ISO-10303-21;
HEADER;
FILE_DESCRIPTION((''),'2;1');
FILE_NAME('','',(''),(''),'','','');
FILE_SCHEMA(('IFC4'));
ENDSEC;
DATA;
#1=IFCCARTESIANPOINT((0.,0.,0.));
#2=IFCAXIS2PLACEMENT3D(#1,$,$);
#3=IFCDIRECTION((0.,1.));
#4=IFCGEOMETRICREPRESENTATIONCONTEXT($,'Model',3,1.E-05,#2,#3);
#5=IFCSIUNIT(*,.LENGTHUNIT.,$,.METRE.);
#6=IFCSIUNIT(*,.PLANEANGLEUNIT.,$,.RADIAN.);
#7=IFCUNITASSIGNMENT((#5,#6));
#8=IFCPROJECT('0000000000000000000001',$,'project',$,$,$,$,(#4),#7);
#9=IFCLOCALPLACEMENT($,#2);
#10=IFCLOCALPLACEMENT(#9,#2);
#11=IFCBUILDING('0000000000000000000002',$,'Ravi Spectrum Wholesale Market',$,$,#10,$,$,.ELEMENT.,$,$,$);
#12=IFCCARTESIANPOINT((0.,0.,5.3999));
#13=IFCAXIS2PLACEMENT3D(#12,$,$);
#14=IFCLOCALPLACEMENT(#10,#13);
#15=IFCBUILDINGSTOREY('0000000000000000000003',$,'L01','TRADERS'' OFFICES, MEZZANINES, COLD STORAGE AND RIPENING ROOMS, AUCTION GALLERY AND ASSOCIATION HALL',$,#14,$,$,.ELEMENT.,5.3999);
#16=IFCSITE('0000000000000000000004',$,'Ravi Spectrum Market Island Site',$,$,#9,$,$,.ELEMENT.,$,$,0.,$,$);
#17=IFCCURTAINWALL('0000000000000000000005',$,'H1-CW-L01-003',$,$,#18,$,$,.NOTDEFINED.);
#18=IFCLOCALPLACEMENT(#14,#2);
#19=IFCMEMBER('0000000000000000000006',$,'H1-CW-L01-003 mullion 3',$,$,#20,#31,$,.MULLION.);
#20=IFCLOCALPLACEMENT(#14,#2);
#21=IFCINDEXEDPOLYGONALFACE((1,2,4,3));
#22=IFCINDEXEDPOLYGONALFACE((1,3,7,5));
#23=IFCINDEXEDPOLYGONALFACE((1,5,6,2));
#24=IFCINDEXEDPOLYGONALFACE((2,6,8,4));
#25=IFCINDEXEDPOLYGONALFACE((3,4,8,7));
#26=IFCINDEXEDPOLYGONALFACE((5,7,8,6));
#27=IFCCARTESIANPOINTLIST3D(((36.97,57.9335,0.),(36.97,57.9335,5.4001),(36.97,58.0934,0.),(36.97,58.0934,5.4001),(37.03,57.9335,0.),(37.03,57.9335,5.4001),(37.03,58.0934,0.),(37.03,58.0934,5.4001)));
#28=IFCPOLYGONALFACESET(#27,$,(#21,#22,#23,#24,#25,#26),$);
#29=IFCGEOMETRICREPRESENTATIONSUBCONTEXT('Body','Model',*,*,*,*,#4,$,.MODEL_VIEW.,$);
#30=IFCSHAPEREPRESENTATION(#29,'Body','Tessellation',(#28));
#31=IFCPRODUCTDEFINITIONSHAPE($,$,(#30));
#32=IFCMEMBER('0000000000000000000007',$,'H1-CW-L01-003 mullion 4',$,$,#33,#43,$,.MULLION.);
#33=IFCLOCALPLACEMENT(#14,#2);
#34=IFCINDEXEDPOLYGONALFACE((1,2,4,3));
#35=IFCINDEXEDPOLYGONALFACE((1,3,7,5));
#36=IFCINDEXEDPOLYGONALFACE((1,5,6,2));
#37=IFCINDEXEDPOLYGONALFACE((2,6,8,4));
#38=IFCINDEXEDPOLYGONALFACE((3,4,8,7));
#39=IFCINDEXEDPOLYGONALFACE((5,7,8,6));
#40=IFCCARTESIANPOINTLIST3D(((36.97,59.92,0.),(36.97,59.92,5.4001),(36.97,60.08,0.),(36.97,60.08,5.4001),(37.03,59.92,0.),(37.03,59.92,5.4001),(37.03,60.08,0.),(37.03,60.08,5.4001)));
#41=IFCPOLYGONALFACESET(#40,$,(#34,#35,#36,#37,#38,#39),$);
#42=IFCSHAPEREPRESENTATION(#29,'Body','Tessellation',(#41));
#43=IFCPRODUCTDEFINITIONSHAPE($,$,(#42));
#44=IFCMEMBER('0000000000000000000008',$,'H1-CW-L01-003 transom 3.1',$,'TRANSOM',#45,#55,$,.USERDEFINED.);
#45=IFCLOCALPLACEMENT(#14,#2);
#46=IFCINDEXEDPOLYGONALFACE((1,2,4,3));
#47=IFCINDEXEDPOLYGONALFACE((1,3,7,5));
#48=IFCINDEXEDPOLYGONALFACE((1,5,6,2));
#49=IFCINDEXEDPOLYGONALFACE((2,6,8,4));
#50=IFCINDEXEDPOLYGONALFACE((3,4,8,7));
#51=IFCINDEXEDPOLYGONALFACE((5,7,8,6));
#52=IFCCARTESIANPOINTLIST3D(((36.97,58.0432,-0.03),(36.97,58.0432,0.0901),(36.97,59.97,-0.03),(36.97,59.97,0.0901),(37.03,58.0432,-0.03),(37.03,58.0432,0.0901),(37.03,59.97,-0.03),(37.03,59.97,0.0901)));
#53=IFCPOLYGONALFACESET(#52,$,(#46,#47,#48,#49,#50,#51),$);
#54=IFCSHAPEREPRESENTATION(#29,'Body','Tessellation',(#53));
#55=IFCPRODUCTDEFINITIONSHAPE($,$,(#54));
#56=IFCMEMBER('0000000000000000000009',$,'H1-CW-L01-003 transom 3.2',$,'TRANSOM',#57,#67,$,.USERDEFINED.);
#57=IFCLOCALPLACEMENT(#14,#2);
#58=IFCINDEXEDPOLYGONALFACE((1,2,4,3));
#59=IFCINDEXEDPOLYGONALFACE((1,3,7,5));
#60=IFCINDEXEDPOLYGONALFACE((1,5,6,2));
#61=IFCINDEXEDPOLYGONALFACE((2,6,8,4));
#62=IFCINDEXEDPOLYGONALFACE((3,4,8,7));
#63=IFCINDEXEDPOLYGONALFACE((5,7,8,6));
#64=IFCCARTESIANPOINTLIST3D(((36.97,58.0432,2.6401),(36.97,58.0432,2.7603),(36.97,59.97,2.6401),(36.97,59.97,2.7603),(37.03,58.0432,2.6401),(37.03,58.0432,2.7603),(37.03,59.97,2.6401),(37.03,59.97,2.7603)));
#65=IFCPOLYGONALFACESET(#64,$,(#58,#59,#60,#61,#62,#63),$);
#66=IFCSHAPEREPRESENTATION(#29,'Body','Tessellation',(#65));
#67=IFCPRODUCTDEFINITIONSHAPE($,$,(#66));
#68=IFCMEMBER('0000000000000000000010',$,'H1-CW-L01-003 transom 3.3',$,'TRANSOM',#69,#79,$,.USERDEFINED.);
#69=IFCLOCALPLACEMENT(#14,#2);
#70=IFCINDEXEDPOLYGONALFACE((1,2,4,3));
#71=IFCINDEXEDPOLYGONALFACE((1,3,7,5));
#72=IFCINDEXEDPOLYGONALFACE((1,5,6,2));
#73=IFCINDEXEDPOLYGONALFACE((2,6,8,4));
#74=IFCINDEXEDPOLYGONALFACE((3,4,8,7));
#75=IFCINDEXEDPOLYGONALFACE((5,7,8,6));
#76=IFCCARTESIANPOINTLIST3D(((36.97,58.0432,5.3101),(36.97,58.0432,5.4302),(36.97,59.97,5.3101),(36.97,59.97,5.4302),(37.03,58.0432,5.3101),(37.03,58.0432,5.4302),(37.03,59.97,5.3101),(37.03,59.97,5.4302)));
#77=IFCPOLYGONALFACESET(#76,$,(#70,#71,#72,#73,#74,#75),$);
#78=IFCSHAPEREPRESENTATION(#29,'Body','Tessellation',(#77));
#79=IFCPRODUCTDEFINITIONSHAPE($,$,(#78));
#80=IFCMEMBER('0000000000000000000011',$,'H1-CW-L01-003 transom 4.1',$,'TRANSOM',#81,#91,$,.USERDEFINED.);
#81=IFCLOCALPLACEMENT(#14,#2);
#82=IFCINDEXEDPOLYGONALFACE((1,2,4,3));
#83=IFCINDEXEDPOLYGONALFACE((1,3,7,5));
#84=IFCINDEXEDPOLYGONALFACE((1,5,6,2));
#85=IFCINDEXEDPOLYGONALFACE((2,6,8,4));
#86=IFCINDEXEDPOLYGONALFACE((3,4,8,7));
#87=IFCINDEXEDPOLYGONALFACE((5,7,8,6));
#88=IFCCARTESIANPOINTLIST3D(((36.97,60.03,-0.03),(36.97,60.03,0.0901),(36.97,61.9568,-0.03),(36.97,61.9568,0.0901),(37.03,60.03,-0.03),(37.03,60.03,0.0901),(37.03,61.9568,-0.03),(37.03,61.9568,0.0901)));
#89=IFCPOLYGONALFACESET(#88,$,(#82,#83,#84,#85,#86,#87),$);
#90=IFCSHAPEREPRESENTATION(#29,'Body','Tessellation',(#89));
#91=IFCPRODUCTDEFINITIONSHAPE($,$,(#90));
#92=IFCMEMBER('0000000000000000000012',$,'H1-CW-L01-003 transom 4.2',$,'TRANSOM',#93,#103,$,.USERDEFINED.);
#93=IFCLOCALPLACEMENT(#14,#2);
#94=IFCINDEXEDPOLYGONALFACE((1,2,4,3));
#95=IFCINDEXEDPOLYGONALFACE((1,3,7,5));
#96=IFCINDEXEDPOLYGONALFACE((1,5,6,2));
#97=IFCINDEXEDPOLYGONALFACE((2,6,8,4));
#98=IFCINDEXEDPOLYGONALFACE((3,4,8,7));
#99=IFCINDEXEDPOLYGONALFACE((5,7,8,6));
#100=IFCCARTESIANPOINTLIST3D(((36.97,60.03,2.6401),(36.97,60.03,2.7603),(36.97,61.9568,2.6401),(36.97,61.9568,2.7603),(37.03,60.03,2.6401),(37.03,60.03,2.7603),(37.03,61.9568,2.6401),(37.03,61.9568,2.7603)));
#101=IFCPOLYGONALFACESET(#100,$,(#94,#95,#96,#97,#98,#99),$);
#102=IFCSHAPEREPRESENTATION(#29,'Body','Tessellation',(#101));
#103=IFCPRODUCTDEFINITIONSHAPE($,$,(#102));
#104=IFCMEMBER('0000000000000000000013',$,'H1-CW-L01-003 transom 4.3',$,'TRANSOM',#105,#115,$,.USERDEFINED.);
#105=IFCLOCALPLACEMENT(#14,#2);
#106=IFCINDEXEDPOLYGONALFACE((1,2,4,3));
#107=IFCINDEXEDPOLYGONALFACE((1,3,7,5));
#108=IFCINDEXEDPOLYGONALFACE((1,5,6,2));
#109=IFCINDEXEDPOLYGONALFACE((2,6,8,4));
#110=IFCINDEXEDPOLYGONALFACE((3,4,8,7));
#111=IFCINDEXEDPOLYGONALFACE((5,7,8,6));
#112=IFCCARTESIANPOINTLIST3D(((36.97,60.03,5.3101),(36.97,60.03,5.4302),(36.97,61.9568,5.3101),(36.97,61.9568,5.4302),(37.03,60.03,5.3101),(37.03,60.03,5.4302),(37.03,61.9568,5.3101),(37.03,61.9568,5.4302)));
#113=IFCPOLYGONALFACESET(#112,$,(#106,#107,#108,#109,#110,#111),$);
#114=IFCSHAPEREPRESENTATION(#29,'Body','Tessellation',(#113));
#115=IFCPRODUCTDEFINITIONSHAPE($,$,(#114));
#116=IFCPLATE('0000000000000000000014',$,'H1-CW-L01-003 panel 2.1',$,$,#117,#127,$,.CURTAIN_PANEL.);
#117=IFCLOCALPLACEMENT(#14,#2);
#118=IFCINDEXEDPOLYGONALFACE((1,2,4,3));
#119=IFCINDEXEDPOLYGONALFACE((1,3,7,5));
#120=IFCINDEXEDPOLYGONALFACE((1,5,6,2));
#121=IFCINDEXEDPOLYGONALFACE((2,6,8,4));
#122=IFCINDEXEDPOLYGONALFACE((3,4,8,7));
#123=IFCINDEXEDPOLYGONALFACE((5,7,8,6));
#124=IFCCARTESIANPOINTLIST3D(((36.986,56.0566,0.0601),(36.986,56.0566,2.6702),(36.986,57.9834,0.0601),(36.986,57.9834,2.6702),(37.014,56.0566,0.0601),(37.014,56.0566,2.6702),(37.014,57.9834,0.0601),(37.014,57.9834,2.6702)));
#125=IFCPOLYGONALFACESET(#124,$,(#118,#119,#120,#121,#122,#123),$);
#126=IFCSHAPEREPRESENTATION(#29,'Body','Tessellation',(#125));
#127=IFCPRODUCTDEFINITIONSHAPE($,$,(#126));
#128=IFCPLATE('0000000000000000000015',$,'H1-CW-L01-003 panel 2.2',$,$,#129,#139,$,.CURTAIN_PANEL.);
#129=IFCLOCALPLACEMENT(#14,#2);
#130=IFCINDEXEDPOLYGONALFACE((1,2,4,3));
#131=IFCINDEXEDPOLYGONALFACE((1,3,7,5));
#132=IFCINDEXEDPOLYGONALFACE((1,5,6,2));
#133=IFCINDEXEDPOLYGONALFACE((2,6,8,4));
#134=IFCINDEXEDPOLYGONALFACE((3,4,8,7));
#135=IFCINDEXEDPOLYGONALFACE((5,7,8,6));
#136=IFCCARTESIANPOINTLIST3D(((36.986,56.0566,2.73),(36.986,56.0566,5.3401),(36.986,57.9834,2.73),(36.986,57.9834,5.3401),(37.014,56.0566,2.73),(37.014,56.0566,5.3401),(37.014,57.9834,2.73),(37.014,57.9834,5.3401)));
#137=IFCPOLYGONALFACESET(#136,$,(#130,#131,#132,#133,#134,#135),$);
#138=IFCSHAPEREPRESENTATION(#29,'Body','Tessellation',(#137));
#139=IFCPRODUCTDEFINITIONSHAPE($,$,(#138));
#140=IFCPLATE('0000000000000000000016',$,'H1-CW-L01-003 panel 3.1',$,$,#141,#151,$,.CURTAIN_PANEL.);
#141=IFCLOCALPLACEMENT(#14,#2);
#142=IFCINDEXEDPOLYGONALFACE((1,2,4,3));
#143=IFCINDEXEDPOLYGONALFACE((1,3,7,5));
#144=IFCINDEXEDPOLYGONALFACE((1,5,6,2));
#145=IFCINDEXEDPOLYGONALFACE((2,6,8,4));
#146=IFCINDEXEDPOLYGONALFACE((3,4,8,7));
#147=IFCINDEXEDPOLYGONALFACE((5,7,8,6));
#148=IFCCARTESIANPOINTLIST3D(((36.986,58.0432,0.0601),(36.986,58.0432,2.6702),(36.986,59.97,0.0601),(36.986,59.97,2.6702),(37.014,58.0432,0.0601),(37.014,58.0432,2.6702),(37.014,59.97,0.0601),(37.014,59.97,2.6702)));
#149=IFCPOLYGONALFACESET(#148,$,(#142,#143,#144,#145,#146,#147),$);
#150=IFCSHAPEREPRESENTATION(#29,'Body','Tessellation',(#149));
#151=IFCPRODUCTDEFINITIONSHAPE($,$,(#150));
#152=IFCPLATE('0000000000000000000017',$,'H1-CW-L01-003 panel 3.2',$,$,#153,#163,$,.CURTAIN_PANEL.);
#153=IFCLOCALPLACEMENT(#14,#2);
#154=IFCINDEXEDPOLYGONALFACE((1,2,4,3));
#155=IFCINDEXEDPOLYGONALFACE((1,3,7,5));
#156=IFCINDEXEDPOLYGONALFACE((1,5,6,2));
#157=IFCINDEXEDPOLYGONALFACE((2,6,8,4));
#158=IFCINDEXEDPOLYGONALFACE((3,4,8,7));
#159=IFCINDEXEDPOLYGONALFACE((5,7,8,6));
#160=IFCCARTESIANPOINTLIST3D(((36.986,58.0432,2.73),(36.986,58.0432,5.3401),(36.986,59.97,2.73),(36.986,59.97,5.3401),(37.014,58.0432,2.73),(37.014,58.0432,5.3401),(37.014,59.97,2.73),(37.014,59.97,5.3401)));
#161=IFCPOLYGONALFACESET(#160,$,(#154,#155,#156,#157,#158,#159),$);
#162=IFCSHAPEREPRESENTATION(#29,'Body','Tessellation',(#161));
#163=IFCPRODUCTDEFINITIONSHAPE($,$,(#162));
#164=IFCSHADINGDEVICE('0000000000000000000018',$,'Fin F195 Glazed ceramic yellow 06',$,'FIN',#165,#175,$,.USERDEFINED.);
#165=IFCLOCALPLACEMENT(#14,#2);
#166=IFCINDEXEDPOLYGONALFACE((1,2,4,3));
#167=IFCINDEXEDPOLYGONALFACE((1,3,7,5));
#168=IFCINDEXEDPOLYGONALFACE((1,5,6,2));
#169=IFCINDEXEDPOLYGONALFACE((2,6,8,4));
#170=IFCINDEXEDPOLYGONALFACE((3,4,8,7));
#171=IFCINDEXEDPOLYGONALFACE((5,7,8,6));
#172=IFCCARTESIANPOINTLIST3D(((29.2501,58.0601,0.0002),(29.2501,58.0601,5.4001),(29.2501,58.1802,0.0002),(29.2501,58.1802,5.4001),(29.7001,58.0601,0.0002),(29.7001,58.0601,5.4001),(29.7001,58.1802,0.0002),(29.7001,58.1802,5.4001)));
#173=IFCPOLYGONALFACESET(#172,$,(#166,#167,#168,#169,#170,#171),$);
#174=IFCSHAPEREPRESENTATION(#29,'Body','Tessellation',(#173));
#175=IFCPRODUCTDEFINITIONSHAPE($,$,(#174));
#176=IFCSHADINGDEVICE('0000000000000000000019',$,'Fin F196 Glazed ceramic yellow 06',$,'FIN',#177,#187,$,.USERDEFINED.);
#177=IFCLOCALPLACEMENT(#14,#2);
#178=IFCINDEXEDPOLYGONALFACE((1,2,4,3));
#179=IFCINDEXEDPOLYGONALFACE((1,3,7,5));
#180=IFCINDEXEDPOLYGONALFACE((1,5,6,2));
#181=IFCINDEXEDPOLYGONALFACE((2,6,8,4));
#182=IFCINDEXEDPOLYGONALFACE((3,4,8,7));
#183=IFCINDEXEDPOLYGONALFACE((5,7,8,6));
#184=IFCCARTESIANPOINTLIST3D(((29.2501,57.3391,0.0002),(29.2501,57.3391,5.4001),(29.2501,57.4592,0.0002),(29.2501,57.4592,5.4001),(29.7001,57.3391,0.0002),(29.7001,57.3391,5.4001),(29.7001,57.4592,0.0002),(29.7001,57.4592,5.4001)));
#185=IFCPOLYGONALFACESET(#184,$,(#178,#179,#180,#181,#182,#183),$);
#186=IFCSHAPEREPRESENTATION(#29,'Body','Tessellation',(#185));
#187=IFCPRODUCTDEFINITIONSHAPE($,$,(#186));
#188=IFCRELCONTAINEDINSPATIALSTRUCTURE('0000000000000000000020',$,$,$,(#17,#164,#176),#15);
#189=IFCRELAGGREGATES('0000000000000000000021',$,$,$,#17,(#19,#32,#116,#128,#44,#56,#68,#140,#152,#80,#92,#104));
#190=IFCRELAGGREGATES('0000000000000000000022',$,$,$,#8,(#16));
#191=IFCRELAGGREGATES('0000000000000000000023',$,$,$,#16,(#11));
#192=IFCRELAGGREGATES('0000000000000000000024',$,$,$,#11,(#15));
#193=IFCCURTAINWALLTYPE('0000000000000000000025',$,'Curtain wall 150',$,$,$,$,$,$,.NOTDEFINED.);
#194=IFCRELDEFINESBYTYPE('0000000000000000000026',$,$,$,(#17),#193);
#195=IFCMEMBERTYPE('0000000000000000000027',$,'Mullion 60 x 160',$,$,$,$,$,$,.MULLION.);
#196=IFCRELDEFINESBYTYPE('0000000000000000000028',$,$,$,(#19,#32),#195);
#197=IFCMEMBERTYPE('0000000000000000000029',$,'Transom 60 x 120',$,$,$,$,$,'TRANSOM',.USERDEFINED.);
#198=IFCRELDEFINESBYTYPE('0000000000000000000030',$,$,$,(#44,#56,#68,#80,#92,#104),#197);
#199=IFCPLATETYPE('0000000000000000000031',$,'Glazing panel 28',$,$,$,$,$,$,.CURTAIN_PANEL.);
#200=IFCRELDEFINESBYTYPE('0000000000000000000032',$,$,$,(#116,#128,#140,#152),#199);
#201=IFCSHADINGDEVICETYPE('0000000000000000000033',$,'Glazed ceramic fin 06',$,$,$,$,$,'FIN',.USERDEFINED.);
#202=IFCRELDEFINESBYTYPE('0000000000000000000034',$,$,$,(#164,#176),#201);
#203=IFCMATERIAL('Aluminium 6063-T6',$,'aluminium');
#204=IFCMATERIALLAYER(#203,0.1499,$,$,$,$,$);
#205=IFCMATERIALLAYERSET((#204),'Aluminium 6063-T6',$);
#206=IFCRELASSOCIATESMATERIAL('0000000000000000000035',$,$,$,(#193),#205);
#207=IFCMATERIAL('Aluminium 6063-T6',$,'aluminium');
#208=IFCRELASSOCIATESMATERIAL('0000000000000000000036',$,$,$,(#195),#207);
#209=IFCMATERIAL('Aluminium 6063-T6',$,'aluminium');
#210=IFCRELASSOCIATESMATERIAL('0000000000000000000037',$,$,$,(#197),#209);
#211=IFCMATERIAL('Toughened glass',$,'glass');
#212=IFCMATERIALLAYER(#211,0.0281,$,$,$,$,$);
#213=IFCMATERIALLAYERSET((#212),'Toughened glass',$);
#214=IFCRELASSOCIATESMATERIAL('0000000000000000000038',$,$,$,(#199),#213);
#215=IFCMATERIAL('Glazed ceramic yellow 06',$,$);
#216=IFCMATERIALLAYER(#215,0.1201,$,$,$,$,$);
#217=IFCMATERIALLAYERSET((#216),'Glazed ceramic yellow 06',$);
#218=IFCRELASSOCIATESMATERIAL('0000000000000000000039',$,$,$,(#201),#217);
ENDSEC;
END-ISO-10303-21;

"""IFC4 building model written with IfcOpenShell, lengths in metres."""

from ifc_helpers import new_model, si_unit, direction, frame, origin, origin_2d, place, context, subcontext, project, spatial, rectangle, extrude, material, layer, layer_set, material_profile, profile_set, type_object, element, aggregate, save


model = new_model("IFC4")

# Units and contexts
model_context = context("Model", 3, precision=1e-05, world=origin(), true_north=direction((0.0, 1.0)))
body_context = subcontext(model_context, "Body", "Model", "MODEL_VIEW")
ifc_project = project(units=[si_unit("LENGTHUNIT", "METRE"), si_unit("PLANEANGLEUNIT", "RADIAN")], contexts=[model_context])

# Site, building, storey
site_placement = place(None, origin())
site = spatial("IfcSite", under=ifc_project, at=site_placement, Name="Ravi Spectrum Market Island Site", CompositionType="ELEMENT", RefElevation=0.0)
building_placement = place(site_placement, origin())
building = spatial("IfcBuilding", under=site, at=building_placement, Name="Ravi Spectrum Wholesale Market", CompositionType="ELEMENT")
storey_placement = place(building_placement, frame((0.0, 0.0, 5.3999)))
storey = spatial("IfcBuildingStorey", under=building, at=storey_placement, Name="L01", Description="TRADERS' OFFICES, MEZZANINES, COLD STORAGE AND RIPENING ROOMS, AUCTION GALLERY AND ASSOCIATION HALL", CompositionType="ELEMENT", Elevation=5.3999)

# Curtain wall, members, plates
ifc_material_1 = material(Name="Aluminium 6063-T6", Category="aluminium")
ifc_layer_1 = layer(ifc_material_1, 0.1499)
ifc_layer_set_1 = layer_set([ifc_layer_1], Name="Aluminium 6063-T6")
curtain_wall_type = type_object("IfcCurtainWallType", Name="Curtain wall 150", PredefinedType="NOTDEFINED", material=ifc_layer_set_1)
curtain_wall_placement = place(storey_placement, origin())
curtain_wall = element("IfcCurtainWall", 1, at=curtain_wall_placement, inside=storey, type_object=curtain_wall_type, Name="H1-CW-L01-003", PredefinedType="NOTDEFINED")
ifc_material_2 = material(Name="Aluminium 6063-T6", Category="aluminium")
ifc_material_profile_1 = material_profile(ifc_material_2, rectangle(XDim=0.0601, YDim=0.1599, at=origin_2d()))
ifc_profile_set_1 = profile_set([ifc_material_profile_1], Name="Aluminium 6063-T6")
member_type_1 = type_object("IfcMemberType", Name="Mullion 60 x 160", PredefinedType="MULLION", material=ifc_profile_set_1)
member_1_placement = place(storey_placement, frame((37.0, 58.0134, 0.0), z_axis=(0.0, 0.0, 1.0), x_axis=(-1.0, 0.0, 0.0)))
member_1 = element("IfcMember", 2, at=member_1_placement, type_object=member_type_1, Name="H1-CW-L01-003 mullion 3", PredefinedType="MULLION", context=body_context, shape_type="SweptSolid", body=[
    extrude(rectangle(XDim=0.0601, YDim=0.1599, at=origin_2d()), origin(), (0.0, 0.0, 1.0), 5.4001),
])
member_2_placement = place(storey_placement, frame((37.0, 60.0, 0.0), z_axis=(0.0, 0.0, 1.0), x_axis=(-1.0, 0.0, 0.0)))
member_2 = element("IfcMember", 3, at=member_2_placement, type_object=member_type_1, Name="H1-CW-L01-003 mullion 4", PredefinedType="MULLION", context=body_context, shape_type="SweptSolid", body=[
    extrude(rectangle(XDim=0.0601, YDim=0.1599, at=origin_2d()), origin(), (0.0, 0.0, 1.0), 5.4001),
])
ifc_material_3 = material(Name="Aluminium 6063-T6", Category="aluminium")
ifc_material_profile_2 = material_profile(ifc_material_3, rectangle(XDim=0.0601, YDim=0.1201, at=origin_2d()))
ifc_profile_set_2 = profile_set([ifc_material_profile_2], Name="Aluminium 6063-T6")
member_type_2 = type_object("IfcMemberType", Name="Transom 60 x 120", ElementType="TRANSOM", PredefinedType="USERDEFINED", material=ifc_profile_set_2)
member_3_placement = place(storey_placement, frame((37.0, 58.0432, 0.03), z_axis=(0.0, 1.0, 0.0), x_axis=(-1.0, 0.0, 0.0)))
member_3 = element("IfcMember", 4, at=member_3_placement, type_object=member_type_2, Name="H1-CW-L01-003 transom 3.1", ObjectType="TRANSOM", PredefinedType="USERDEFINED", context=body_context, shape_type="SweptSolid", body=[
    extrude(rectangle(XDim=0.0601, YDim=0.1201, at=origin_2d()), origin(), (0.0, 0.0, 1.0), 1.9268),
])
member_4_placement = place(storey_placement, frame((37.0, 58.0432, 2.7002), z_axis=(0.0, 1.0, 0.0), x_axis=(-1.0, 0.0, 0.0)))
member_4 = element("IfcMember", 5, at=member_4_placement, type_object=member_type_2, Name="H1-CW-L01-003 transom 3.2", ObjectType="TRANSOM", PredefinedType="USERDEFINED", context=body_context, shape_type="SweptSolid", body=[
    extrude(rectangle(XDim=0.0601, YDim=0.1201, at=origin_2d()), origin(), (0.0, 0.0, 1.0), 1.9268),
])
member_5_placement = place(storey_placement, frame((37.0, 58.0432, 5.3701), z_axis=(0.0, 1.0, 0.0), x_axis=(-1.0, 0.0, 0.0)))
member_5 = element("IfcMember", 6, at=member_5_placement, type_object=member_type_2, Name="H1-CW-L01-003 transom 3.3", ObjectType="TRANSOM", PredefinedType="USERDEFINED", context=body_context, shape_type="SweptSolid", body=[
    extrude(rectangle(XDim=0.0601, YDim=0.1201, at=origin_2d()), origin(), (0.0, 0.0, 1.0), 1.9268),
])
member_6_placement = place(storey_placement, frame((37.0, 60.03, 0.03), z_axis=(0.0, 1.0, 0.0), x_axis=(-1.0, 0.0, 0.0)))
member_6 = element("IfcMember", 7, at=member_6_placement, type_object=member_type_2, Name="H1-CW-L01-003 transom 4.1", ObjectType="TRANSOM", PredefinedType="USERDEFINED", context=body_context, shape_type="SweptSolid", body=[
    extrude(rectangle(XDim=0.0601, YDim=0.1201, at=origin_2d()), origin(), (0.0, 0.0, 1.0), 1.9268),
])
member_7_placement = place(storey_placement, frame((37.0, 60.03, 2.7002), z_axis=(0.0, 1.0, 0.0), x_axis=(-1.0, 0.0, 0.0)))
member_7 = element("IfcMember", 8, at=member_7_placement, type_object=member_type_2, Name="H1-CW-L01-003 transom 4.2", ObjectType="TRANSOM", PredefinedType="USERDEFINED", context=body_context, shape_type="SweptSolid", body=[
    extrude(rectangle(XDim=0.0601, YDim=0.1201, at=origin_2d()), origin(), (0.0, 0.0, 1.0), 1.9268),
])
member_8_placement = place(storey_placement, frame((37.0, 60.03, 5.3701), z_axis=(0.0, 1.0, 0.0), x_axis=(-1.0, 0.0, 0.0)))
member_8 = element("IfcMember", 9, at=member_8_placement, type_object=member_type_2, Name="H1-CW-L01-003 transom 4.3", ObjectType="TRANSOM", PredefinedType="USERDEFINED", context=body_context, shape_type="SweptSolid", body=[
    extrude(rectangle(XDim=0.0601, YDim=0.1201, at=origin_2d()), origin(), (0.0, 0.0, 1.0), 1.9268),
])
ifc_material_4 = material(Name="Toughened glass", Category="glass")
ifc_layer_2 = layer(ifc_material_4, 0.0281)
ifc_layer_set_2 = layer_set([ifc_layer_2], Name="Toughened glass")
plate_type = type_object("IfcPlateType", Name="Glazing panel 28", PredefinedType="CURTAIN_PANEL", material=ifc_layer_set_2)
plate_1_placement = place(storey_placement, frame((37.0, 57.02, 0.0601), z_axis=(0.0, 0.0, 1.0), x_axis=(0.0, 1.0, 0.0)))
plate_1 = element("IfcPlate", 10, at=plate_1_placement, type_object=plate_type, Name="H1-CW-L01-003 panel 2.1", PredefinedType="CURTAIN_PANEL", context=body_context, shape_type="SweptSolid", body=[
    extrude(rectangle(XDim=1.9268, YDim=0.0281, at=origin_2d()), origin(), (0.0, 0.0, 1.0), 2.6101),
])
plate_2_placement = place(storey_placement, frame((37.0, 57.02, 2.73), z_axis=(0.0, 0.0, 1.0), x_axis=(0.0, 1.0, 0.0)))
plate_2 = element("IfcPlate", 11, at=plate_2_placement, type_object=plate_type, Name="H1-CW-L01-003 panel 2.2", PredefinedType="CURTAIN_PANEL", context=body_context, shape_type="SweptSolid", body=[
    extrude(rectangle(XDim=1.9268, YDim=0.0281, at=origin_2d()), origin(), (0.0, 0.0, 1.0), 2.6101),
])
plate_3_placement = place(storey_placement, frame((37.0, 59.0066, 0.0601), z_axis=(0.0, 0.0, 1.0), x_axis=(0.0, 1.0, 0.0)))
plate_3 = element("IfcPlate", 12, at=plate_3_placement, type_object=plate_type, Name="H1-CW-L01-003 panel 3.1", PredefinedType="CURTAIN_PANEL", context=body_context, shape_type="SweptSolid", body=[
    extrude(rectangle(XDim=1.9268, YDim=0.0281, at=origin_2d()), origin(), (0.0, 0.0, 1.0), 2.6101),
])
plate_4_placement = place(storey_placement, frame((37.0, 59.0066, 2.73), z_axis=(0.0, 0.0, 1.0), x_axis=(0.0, 1.0, 0.0)))
plate_4 = element("IfcPlate", 13, at=plate_4_placement, type_object=plate_type, Name="H1-CW-L01-003 panel 3.2", PredefinedType="CURTAIN_PANEL", context=body_context, shape_type="SweptSolid", body=[
    extrude(rectangle(XDim=1.9268, YDim=0.0281, at=origin_2d()), origin(), (0.0, 0.0, 1.0), 2.6101),
])
aggregate(curtain_wall, [member_1, member_2, plate_1, plate_2, member_3, member_4, member_5, plate_3, plate_4, member_6, member_7, member_8])

# Shading devices
ifc_material_5 = material(Name="Glazed ceramic yellow 06")
ifc_layer_3 = layer(ifc_material_5, 0.1201)
ifc_layer_set_3 = layer_set([ifc_layer_3], Name="Glazed ceramic yellow 06")
shading_device_type_1 = type_object("IfcShadingDeviceType", Name="Glazed ceramic fin 06", ElementType="FIN", PredefinedType="USERDEFINED", material=ifc_layer_set_3)
for number, where, z_axis, x_axis, name in (
    (14, (29.4751, 58.1201, 0.0002), (0.0, 0.0, 1.0), (0.0, -1.0, 0.0), "Fin F195 Glazed ceramic yellow 06"),
    (15, (29.4751, 57.3992, 0.0002), (0.0, 0.0, 1.0), (0.0, -1.0, 0.0), "Fin F196 Glazed ceramic yellow 06"),
):
    element("IfcShadingDevice", number, at=place(storey_placement, frame(where, z_axis=z_axis, x_axis=x_axis)), inside=storey, type_object=shading_device_type_1, Name=name, ObjectType="FIN", PredefinedType="USERDEFINED", context=body_context, shape_type="SweptSolid", body=[
        extrude(rectangle(XDim=0.1201, YDim=0.45, at=origin_2d()), origin(), (0.0, 0.0, 1.0), 5.3999),
    ])

save(model, "model.ifc")
